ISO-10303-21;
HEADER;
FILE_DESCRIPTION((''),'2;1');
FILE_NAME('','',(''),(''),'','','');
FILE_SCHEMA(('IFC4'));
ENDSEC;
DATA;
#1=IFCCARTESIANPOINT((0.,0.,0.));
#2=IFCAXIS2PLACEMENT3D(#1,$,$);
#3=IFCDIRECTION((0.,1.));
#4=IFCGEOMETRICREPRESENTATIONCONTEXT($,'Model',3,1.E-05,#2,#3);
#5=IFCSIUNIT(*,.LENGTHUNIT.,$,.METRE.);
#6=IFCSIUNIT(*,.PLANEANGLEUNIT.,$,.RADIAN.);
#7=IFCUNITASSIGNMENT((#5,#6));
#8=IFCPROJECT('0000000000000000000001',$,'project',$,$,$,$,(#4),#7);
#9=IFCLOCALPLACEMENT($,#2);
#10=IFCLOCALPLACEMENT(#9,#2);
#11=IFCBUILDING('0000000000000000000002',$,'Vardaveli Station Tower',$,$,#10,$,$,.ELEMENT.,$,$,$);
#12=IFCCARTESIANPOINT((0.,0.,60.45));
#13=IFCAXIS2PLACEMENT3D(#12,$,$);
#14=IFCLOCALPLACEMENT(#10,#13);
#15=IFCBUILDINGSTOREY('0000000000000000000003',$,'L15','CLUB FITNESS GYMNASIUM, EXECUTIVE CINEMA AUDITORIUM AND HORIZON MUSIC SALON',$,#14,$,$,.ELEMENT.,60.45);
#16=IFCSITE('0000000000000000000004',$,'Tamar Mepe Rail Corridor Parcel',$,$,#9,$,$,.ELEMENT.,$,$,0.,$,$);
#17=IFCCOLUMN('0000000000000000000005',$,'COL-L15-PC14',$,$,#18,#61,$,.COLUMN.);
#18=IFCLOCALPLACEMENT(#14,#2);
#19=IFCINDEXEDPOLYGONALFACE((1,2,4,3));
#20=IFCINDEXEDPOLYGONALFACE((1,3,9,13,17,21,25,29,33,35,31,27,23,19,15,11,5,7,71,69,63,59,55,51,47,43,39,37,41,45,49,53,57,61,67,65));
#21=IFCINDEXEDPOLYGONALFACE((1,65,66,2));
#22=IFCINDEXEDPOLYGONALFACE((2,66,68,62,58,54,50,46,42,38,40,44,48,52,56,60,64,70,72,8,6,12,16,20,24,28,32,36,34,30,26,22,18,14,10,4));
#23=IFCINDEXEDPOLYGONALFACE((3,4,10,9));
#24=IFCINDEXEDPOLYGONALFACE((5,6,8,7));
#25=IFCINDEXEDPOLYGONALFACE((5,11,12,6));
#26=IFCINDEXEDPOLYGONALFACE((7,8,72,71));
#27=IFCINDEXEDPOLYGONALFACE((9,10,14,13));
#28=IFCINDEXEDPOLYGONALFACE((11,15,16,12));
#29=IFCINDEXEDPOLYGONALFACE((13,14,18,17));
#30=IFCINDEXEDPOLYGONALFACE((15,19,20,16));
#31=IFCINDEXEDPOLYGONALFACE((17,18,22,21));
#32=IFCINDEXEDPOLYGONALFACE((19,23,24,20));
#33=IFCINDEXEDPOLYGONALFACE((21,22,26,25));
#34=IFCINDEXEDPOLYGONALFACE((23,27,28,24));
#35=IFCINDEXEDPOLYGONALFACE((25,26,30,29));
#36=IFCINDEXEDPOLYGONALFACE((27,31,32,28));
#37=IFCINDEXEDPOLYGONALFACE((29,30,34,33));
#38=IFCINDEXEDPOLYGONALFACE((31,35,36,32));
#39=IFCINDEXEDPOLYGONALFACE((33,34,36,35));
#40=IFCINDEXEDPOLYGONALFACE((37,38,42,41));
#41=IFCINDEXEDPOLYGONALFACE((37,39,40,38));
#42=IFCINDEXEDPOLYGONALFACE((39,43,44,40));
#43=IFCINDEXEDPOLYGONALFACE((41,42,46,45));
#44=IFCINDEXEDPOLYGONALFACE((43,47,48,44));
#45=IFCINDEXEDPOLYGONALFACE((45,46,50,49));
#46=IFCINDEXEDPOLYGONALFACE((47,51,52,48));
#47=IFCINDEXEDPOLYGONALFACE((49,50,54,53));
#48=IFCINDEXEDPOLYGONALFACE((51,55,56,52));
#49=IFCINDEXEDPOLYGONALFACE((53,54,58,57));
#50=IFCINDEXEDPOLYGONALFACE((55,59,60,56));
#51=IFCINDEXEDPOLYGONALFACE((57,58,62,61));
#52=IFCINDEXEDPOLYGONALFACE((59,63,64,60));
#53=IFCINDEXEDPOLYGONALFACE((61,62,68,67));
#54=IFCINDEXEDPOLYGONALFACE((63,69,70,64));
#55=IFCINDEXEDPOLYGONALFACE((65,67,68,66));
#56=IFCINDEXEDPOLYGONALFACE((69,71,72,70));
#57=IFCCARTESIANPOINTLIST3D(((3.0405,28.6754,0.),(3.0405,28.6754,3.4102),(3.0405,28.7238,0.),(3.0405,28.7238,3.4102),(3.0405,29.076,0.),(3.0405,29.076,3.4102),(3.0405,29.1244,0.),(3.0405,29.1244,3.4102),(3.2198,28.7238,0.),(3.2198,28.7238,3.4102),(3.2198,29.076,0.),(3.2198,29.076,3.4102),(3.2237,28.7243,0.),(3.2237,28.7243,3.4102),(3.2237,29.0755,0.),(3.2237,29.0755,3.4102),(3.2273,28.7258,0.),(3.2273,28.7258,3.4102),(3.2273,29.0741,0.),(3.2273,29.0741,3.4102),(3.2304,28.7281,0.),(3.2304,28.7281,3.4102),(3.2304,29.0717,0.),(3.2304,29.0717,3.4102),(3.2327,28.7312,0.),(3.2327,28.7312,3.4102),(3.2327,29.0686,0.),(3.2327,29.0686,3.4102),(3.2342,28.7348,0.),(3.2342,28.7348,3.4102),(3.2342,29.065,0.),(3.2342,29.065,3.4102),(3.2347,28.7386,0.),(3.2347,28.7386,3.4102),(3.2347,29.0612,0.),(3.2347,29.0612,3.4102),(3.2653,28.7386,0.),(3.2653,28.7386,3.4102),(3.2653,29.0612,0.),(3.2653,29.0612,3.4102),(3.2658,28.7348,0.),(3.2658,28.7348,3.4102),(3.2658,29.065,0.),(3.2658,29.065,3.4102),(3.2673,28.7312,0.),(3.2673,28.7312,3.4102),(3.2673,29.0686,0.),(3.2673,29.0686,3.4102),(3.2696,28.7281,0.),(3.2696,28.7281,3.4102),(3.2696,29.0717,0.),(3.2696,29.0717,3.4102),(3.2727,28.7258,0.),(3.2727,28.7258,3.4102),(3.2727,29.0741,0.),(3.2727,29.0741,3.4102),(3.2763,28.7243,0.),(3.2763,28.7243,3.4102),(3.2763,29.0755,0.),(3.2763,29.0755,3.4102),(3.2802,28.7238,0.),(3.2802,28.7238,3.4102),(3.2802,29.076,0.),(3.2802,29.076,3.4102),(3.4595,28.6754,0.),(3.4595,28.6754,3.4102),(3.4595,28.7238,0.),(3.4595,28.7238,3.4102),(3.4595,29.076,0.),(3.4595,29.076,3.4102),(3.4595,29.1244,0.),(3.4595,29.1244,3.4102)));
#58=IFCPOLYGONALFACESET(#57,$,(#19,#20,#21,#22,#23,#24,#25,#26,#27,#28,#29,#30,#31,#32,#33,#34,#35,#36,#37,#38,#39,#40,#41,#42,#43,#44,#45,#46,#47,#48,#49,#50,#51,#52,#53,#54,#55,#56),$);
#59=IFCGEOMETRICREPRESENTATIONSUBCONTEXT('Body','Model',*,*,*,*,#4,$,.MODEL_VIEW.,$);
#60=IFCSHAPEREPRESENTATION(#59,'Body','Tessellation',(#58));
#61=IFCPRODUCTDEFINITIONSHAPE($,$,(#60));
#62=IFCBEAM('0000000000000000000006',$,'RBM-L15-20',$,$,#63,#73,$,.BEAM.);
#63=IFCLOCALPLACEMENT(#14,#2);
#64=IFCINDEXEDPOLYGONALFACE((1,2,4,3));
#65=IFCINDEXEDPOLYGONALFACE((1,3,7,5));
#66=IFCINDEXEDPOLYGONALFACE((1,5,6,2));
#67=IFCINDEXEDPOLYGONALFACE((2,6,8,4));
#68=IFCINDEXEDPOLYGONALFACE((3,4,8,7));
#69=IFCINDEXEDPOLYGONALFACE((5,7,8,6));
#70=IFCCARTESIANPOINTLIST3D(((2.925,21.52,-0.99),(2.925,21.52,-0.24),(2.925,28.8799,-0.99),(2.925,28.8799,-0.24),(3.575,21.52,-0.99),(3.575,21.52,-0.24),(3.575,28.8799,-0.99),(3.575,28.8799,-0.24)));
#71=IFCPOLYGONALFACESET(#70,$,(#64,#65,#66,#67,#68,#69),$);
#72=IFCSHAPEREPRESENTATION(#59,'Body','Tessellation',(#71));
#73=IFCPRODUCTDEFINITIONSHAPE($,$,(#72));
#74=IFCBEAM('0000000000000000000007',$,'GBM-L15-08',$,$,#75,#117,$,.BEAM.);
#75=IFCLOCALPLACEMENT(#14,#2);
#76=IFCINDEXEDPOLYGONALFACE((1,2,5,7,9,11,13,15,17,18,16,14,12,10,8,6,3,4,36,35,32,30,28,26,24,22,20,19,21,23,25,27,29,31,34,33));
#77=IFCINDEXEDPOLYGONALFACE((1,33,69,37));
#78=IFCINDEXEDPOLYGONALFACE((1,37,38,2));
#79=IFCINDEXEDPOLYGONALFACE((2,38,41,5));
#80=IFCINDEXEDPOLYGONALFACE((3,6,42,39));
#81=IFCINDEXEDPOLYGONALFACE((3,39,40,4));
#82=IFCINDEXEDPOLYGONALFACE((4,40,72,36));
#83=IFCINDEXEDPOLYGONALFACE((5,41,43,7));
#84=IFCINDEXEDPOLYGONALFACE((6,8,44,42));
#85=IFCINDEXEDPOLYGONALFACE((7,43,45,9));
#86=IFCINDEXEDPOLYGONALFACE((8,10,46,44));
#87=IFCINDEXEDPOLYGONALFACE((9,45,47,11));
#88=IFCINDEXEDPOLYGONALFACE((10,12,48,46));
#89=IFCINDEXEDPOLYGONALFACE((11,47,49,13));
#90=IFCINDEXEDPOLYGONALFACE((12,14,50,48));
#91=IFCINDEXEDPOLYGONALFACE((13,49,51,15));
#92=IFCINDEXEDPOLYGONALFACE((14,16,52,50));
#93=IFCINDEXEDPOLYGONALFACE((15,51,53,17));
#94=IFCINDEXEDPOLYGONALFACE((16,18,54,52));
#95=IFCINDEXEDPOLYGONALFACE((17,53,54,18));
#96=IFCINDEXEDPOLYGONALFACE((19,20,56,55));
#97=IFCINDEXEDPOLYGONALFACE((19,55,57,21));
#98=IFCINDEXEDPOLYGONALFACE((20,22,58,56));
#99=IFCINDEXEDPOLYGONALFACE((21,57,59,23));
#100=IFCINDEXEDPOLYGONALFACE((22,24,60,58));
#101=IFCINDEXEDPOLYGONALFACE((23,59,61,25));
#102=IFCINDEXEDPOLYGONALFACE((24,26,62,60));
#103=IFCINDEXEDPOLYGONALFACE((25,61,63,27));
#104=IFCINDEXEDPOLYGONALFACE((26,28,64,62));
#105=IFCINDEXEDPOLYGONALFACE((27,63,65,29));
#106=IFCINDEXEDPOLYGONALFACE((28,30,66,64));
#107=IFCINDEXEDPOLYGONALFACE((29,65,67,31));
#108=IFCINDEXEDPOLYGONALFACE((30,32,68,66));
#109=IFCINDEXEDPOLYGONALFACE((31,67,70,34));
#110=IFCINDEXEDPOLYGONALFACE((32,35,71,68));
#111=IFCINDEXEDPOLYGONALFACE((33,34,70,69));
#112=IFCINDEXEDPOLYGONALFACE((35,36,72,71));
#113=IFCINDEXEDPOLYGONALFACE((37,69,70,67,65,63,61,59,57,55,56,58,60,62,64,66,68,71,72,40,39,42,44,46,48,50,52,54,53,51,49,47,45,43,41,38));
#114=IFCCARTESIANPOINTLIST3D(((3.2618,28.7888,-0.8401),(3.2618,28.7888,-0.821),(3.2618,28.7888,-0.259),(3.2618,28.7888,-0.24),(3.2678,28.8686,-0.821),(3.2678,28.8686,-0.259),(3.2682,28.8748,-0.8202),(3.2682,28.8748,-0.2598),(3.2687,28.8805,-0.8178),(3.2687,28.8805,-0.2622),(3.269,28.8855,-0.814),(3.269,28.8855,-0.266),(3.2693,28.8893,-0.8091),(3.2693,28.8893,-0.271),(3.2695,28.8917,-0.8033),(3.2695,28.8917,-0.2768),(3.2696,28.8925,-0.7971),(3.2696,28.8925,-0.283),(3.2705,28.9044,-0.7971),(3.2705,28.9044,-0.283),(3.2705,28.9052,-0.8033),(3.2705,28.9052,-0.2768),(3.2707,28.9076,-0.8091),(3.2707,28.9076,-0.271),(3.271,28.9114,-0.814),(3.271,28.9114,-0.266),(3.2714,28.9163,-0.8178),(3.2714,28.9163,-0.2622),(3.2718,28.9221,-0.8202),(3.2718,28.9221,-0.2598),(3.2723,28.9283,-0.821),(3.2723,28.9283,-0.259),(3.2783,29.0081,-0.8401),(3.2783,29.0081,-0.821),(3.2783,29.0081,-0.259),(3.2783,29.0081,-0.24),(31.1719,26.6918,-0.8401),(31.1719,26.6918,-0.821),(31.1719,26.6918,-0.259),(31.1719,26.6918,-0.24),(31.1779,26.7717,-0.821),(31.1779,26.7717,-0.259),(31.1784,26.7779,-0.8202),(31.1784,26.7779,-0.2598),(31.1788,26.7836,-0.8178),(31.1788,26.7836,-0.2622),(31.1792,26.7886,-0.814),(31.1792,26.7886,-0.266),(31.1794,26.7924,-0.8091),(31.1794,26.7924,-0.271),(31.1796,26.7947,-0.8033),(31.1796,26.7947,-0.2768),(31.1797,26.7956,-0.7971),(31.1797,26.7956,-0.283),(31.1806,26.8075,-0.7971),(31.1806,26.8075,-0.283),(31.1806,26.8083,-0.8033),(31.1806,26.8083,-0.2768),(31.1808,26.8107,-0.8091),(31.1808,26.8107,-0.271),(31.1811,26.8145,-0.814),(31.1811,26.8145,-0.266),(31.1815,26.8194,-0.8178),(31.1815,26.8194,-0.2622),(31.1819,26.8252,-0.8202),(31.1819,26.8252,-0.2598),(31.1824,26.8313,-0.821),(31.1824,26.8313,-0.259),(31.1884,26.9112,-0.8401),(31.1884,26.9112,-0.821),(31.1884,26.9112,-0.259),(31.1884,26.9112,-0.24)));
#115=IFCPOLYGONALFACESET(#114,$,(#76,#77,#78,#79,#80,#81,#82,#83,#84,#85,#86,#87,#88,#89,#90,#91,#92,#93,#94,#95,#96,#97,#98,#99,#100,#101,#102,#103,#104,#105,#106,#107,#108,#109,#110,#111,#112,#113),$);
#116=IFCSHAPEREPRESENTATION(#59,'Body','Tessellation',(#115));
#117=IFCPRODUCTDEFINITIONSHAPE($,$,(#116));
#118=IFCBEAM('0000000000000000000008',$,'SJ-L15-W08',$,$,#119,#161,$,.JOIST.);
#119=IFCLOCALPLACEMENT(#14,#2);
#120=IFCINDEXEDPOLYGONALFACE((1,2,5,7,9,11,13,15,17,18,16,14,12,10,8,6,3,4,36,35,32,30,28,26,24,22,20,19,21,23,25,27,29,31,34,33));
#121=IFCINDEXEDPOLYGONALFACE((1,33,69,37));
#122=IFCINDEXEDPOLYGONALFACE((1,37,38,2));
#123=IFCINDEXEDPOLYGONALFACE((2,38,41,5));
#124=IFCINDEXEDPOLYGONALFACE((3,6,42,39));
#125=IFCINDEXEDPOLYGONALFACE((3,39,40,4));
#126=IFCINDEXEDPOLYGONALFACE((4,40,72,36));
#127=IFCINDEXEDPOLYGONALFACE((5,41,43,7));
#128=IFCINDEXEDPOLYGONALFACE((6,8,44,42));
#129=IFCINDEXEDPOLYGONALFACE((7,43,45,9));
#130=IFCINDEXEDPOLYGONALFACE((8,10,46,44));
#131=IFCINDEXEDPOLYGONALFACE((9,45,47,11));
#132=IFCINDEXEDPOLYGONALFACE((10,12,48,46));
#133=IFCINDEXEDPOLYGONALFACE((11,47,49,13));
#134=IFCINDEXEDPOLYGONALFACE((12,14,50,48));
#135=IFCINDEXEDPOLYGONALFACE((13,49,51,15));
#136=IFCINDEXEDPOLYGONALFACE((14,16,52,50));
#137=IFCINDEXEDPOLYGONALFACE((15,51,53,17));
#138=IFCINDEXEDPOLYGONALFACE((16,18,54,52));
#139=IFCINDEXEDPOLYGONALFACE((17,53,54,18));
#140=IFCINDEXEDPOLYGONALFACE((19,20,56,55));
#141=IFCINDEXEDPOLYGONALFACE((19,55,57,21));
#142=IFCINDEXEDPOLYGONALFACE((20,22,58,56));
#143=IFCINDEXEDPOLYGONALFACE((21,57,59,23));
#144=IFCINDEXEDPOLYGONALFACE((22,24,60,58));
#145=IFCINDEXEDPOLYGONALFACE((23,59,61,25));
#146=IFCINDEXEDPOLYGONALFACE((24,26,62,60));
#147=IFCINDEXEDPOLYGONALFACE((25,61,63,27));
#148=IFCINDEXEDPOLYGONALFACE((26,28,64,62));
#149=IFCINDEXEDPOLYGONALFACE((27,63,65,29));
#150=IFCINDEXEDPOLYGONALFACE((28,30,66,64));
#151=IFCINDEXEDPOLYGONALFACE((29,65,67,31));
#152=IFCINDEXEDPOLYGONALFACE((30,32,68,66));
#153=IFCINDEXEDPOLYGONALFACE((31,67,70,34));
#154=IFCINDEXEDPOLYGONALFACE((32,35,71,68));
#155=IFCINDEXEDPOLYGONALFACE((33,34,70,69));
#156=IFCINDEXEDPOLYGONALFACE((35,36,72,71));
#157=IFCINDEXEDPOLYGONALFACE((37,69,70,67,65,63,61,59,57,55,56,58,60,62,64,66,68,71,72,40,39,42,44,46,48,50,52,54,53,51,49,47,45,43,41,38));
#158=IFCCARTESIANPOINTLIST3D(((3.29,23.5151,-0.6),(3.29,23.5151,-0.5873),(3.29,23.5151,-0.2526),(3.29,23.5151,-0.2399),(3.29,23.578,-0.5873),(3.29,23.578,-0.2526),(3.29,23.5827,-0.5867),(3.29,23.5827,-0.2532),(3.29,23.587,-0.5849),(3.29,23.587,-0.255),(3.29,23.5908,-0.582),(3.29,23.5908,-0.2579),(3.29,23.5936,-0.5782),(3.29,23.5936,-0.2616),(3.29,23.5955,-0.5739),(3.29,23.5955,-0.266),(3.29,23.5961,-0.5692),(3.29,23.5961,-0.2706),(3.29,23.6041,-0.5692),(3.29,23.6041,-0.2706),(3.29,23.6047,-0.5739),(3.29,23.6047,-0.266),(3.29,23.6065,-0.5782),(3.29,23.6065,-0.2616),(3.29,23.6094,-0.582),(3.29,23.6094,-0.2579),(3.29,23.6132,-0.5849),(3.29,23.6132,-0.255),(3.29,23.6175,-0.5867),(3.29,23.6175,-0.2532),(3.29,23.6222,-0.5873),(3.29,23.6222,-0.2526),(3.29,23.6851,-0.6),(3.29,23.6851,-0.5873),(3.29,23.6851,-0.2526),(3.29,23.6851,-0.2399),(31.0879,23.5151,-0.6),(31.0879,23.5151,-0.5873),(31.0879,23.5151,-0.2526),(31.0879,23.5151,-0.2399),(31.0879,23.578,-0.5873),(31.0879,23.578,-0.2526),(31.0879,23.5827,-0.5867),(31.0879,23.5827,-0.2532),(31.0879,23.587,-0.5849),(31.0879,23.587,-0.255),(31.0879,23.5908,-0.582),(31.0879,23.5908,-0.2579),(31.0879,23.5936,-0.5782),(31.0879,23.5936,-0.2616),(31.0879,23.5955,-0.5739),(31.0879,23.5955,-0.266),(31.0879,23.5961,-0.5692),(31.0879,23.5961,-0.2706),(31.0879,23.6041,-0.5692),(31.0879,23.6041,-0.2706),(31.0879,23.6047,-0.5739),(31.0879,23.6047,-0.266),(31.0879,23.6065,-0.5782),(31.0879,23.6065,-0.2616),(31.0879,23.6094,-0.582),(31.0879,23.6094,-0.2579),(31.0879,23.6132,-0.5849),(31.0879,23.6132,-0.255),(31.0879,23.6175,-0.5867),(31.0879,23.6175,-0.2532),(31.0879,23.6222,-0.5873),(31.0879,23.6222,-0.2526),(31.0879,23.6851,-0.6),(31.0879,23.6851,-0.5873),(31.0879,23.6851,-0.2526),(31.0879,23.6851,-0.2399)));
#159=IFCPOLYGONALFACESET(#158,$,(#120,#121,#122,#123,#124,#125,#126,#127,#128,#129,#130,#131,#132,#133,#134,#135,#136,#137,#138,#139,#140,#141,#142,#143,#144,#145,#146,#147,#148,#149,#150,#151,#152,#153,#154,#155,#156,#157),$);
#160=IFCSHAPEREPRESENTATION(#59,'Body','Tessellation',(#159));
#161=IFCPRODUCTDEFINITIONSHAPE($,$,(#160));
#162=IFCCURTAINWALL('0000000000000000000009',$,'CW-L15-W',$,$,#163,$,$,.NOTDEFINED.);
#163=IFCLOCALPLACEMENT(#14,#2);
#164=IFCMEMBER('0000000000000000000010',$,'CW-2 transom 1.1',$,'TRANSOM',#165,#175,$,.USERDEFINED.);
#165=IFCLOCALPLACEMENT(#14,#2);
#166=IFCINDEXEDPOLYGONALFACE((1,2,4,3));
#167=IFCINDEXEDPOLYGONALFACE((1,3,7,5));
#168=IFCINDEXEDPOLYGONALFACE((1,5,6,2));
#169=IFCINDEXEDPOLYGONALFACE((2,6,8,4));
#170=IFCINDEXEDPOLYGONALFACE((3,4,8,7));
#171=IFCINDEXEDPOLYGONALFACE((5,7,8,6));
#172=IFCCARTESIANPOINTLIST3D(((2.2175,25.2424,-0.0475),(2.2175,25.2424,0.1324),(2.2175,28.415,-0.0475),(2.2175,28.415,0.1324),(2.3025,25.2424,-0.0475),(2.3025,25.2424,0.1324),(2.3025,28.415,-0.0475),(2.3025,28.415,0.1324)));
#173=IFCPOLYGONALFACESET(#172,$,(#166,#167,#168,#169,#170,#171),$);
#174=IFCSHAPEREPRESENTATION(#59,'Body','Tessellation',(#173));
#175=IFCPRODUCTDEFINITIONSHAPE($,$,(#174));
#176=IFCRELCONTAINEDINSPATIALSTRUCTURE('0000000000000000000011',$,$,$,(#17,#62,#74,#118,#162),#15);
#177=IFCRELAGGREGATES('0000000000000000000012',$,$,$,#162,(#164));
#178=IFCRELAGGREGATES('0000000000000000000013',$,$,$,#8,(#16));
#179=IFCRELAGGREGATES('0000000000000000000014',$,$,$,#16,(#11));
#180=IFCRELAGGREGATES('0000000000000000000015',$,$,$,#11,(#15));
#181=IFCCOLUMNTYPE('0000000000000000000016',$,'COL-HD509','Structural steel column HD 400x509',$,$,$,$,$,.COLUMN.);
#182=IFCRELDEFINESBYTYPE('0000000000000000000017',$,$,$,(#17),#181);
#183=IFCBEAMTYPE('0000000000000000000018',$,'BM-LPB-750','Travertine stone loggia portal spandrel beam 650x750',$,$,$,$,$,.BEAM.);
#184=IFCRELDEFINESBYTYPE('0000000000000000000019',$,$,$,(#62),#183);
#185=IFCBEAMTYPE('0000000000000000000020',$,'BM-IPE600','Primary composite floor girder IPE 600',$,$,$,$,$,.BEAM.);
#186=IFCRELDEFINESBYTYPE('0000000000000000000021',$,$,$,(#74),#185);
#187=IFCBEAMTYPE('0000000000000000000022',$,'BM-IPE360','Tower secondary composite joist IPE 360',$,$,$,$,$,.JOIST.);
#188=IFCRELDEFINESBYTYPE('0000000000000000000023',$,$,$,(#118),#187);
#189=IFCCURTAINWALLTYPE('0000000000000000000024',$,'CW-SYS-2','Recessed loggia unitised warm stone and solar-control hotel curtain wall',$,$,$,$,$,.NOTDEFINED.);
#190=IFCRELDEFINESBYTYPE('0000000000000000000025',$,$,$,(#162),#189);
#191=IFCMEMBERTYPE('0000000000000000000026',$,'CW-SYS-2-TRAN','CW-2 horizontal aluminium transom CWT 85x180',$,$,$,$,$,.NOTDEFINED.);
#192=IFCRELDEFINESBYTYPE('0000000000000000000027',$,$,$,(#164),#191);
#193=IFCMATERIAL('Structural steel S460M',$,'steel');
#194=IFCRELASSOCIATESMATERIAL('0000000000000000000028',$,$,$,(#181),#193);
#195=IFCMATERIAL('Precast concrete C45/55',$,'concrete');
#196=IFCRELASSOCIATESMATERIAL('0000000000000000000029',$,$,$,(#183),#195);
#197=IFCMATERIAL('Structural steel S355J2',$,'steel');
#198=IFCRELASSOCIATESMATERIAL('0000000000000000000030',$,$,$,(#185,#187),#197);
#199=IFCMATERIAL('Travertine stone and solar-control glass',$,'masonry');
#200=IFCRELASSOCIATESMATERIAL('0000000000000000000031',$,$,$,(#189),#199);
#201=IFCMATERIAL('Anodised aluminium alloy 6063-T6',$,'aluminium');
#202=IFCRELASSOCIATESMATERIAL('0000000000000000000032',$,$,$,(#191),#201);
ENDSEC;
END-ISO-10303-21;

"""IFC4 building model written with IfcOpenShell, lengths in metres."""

from ifc_helpers import new_model, si_unit, direction, frame, origin, origin_2d, place, context, subcontext, project, spatial, rectangle, i_section, extrude, source, transform, mapped, material, material_profile, profile_set, type_object, element, aggregate, save


model = new_model("IFC4")

# Units and contexts
model_context = context("Model", 3, precision=1e-05, world=origin(), true_north=direction((0.0, 1.0)))
body_context = subcontext(model_context, "Body", "Model", "MODEL_VIEW")
ifc_project = project(units=[si_unit("LENGTHUNIT", "METRE"), si_unit("PLANEANGLEUNIT", "RADIAN")], contexts=[model_context])

# Site, building, storey
site_placement = place(None, origin())
site = spatial("IfcSite", under=ifc_project, at=site_placement, Name="Tamar Mepe Rail Corridor Parcel", CompositionType="ELEMENT", RefElevation=0.0)
building_placement = place(site_placement, origin())
building = spatial("IfcBuilding", under=site, at=building_placement, Name="Vardaveli Station Tower", CompositionType="ELEMENT")
storey_placement = place(building_placement, frame((0.0, 0.0, 60.45)))
storey = spatial("IfcBuildingStorey", under=building, at=storey_placement, Name="L15", Description="CLUB FITNESS GYMNASIUM, EXECUTIVE CINEMA AUDITORIUM AND HORIZON MUSIC SALON", CompositionType="ELEMENT", Elevation=60.45)

# Column
ifc_material_1 = material(Name="Structural steel S460M", Category="steel")
ifc_material_profile_1 = material_profile(ifc_material_1, i_section(OverallWidth=0.4189, OverallDepth=0.449, WebThickness=0.0305, FlangeThickness=0.0483, FilletRadius=0.0149, at=origin_2d()), Name="HD 400x509")
ifc_profile_set_1 = profile_set([ifc_material_profile_1], Name="Structural steel S460M")
column_type = type_object("IfcColumnType", Name="COL-HD509", Description="Structural steel column HD 400x509", PredefinedType="COLUMN", material=ifc_profile_set_1)
shared_shape_1 = source(origin(), body_context, "Body", "SweptSolid", [
    extrude(i_section(OverallWidth=0.4189, OverallDepth=0.449, WebThickness=0.0305, FlangeThickness=0.0483, FilletRadius=0.0149, at=origin_2d()), origin(), (0.0, 0.0, 1.0), 3.4102),
])
column_placement = place(storey_placement, frame((3.25, 28.8999, 0.0), z_axis=(0.0, 0.0, 1.0), x_axis=(1.0, 0.0, 0.0)))
element("IfcColumn", 1, at=column_placement, inside=storey, type_object=column_type, Name="COL-L15-PC14", PredefinedType="COLUMN", context=body_context, shape_type="MappedRepresentation", body=[
    mapped(shared_shape_1, transform((0.0, 0.0, 0.0), scale=1.0)),
])

# Beams
ifc_material_2 = material(Name="Precast concrete C45/55", Category="concrete")
ifc_material_profile_2 = material_profile(ifc_material_2, rectangle(XDim=0.6499, YDim=0.75, at=origin_2d()), Name="LPB 650x750")
ifc_profile_set_2 = profile_set([ifc_material_profile_2], Name="Precast concrete C45/55")
beam_type_1 = type_object("IfcBeamType", Name="BM-LPB-750", Description="Travertine stone loggia portal spandrel beam 650x750", PredefinedType="BEAM", material=ifc_profile_set_2)
shared_shape_2 = source(origin(), body_context, "Body", "SweptSolid", [
    extrude(rectangle(XDim=0.6499, YDim=0.75, at=origin_2d()), origin(), (0.0, 0.0, 1.0), 7.3599),
])
beam_1_placement = place(storey_placement, frame((3.25, 28.8799, -0.615), z_axis=(0.0, -1.0, 0.0), x_axis=(1.0, 0.0, 0.0)))
element("IfcBeam", 2, at=beam_1_placement, inside=storey, type_object=beam_type_1, Name="RBM-L15-20", PredefinedType="BEAM", context=body_context, shape_type="MappedRepresentation", body=[
    mapped(shared_shape_2, transform((0.0, 0.0, 0.0), scale=1.0)),
])
ifc_material_3 = material(Name="Structural steel S355J2", Category="steel")
ifc_material_profile_3 = material_profile(ifc_material_3, i_section(OverallWidth=0.22, OverallDepth=0.6001, WebThickness=0.012, FlangeThickness=0.019, FilletRadius=0.0239, at=origin_2d()), Name="IPE 600")
ifc_profile_set_3 = profile_set([ifc_material_profile_3], Name="Structural steel S355J2")
beam_type_2 = type_object("IfcBeamType", Name="BM-IPE600", Description="Primary composite floor girder IPE 600", PredefinedType="BEAM", material=ifc_profile_set_3)
shared_shape_3 = source(origin(), body_context, "Body", "SweptSolid", [
    extrude(i_section(OverallWidth=0.22, OverallDepth=0.6001, WebThickness=0.012, FlangeThickness=0.019, FilletRadius=0.0239, at=origin_2d()), origin(), (0.0, 0.0, 1.0), 27.9888),
])
beam_2_placement = place(storey_placement, frame((3.27, 28.8984, -0.54), z_axis=(0.99719, -0.07492, 0.0), x_axis=(0.07492, 0.99719, 0.0)))
element("IfcBeam", 3, at=beam_2_placement, inside=storey, type_object=beam_type_2, Name="GBM-L15-08", PredefinedType="BEAM", context=body_context, shape_type="MappedRepresentation", body=[
    mapped(shared_shape_3, transform((0.0, 0.0, 0.0), scale=1.0)),
])
ifc_material_profile_4 = material_profile(ifc_material_3, i_section(OverallWidth=0.1699, OverallDepth=0.3601, WebThickness=0.0081, FlangeThickness=0.0127, FilletRadius=0.0181, at=origin_2d()), Name="IPE 360")
ifc_profile_set_4 = profile_set([ifc_material_profile_4], Name="Structural steel S355J2")
beam_type_3 = type_object("IfcBeamType", Name="BM-IPE360", Description="Tower secondary composite joist IPE 360", PredefinedType="JOIST", material=ifc_profile_set_4)
shared_shape_4 = source(origin(), body_context, "Body", "SweptSolid", [
    extrude(i_section(OverallWidth=0.1699, OverallDepth=0.3601, WebThickness=0.0081, FlangeThickness=0.0127, FilletRadius=0.0181, at=origin_2d()), origin(), (0.0, 0.0, 1.0), 27.7979),
])
beam_3_placement = place(storey_placement, frame((3.29, 23.6001, -0.4199), z_axis=(1.0, 0.0, 0.0), x_axis=(0.0, 1.0, 0.0)))
element("IfcBeam", 4, at=beam_3_placement, inside=storey, type_object=beam_type_3, Name="SJ-L15-W08", PredefinedType="JOIST", context=body_context, shape_type="MappedRepresentation", body=[
    mapped(shared_shape_4, transform((0.0, 0.0, 0.0), scale=1.0)),
])

# Curtain wall, member
ifc_material_4 = material(Name="Travertine stone and solar-control glass", Category="masonry")
curtain_wall_type = type_object("IfcCurtainWallType", Name="CW-SYS-2", Description="Recessed loggia unitised warm stone and solar-control hotel curtain wall", PredefinedType="NOTDEFINED", material=ifc_material_4)
curtain_wall_placement = place(storey_placement, origin())
curtain_wall = element("IfcCurtainWall", 5, at=curtain_wall_placement, inside=storey, type_object=curtain_wall_type, Name="CW-L15-W", PredefinedType="NOTDEFINED")
ifc_material_5 = material(Name="Anodised aluminium alloy 6063-T6", Category="aluminium")
ifc_material_profile_5 = material_profile(ifc_material_5, rectangle(XDim=0.085, YDim=0.1799, at=origin_2d()), Name="CWT 85x180")
ifc_profile_set_5 = profile_set([ifc_material_profile_5], Name="Anodised aluminium alloy 6063-T6")
member_type_1 = type_object("IfcMemberType", Name="CW-SYS-2-TRAN", Description="CW-2 horizontal aluminium transom CWT 85x180", PredefinedType="NOTDEFINED", material=ifc_profile_set_5)
shared_shape_5 = source(origin(), body_context, "Body", "SweptSolid", [
    extrude(rectangle(XDim=0.085, YDim=0.1799, at=origin_2d()), origin(), (0.0, 0.0, 1.0), 3.1726),
])
member_1_placement = place(storey_placement, frame((2.26, 28.415, 0.0425), z_axis=(0.0, -1.0, 0.0), x_axis=(1.0, 0.0, 0.0)))
member_1 = element("IfcMember", 6, at=member_1_placement, type_object=member_type_1, Name="CW-2 transom 1.1", ObjectType="TRANSOM", PredefinedType="USERDEFINED", context=body_context, shape_type="MappedRepresentation", body=[
    mapped(shared_shape_5, transform((0.0, 0.0, 0.0), scale=1.0)),
])
aggregate(curtain_wall, [member_1])

save(model, "model.ifc")
